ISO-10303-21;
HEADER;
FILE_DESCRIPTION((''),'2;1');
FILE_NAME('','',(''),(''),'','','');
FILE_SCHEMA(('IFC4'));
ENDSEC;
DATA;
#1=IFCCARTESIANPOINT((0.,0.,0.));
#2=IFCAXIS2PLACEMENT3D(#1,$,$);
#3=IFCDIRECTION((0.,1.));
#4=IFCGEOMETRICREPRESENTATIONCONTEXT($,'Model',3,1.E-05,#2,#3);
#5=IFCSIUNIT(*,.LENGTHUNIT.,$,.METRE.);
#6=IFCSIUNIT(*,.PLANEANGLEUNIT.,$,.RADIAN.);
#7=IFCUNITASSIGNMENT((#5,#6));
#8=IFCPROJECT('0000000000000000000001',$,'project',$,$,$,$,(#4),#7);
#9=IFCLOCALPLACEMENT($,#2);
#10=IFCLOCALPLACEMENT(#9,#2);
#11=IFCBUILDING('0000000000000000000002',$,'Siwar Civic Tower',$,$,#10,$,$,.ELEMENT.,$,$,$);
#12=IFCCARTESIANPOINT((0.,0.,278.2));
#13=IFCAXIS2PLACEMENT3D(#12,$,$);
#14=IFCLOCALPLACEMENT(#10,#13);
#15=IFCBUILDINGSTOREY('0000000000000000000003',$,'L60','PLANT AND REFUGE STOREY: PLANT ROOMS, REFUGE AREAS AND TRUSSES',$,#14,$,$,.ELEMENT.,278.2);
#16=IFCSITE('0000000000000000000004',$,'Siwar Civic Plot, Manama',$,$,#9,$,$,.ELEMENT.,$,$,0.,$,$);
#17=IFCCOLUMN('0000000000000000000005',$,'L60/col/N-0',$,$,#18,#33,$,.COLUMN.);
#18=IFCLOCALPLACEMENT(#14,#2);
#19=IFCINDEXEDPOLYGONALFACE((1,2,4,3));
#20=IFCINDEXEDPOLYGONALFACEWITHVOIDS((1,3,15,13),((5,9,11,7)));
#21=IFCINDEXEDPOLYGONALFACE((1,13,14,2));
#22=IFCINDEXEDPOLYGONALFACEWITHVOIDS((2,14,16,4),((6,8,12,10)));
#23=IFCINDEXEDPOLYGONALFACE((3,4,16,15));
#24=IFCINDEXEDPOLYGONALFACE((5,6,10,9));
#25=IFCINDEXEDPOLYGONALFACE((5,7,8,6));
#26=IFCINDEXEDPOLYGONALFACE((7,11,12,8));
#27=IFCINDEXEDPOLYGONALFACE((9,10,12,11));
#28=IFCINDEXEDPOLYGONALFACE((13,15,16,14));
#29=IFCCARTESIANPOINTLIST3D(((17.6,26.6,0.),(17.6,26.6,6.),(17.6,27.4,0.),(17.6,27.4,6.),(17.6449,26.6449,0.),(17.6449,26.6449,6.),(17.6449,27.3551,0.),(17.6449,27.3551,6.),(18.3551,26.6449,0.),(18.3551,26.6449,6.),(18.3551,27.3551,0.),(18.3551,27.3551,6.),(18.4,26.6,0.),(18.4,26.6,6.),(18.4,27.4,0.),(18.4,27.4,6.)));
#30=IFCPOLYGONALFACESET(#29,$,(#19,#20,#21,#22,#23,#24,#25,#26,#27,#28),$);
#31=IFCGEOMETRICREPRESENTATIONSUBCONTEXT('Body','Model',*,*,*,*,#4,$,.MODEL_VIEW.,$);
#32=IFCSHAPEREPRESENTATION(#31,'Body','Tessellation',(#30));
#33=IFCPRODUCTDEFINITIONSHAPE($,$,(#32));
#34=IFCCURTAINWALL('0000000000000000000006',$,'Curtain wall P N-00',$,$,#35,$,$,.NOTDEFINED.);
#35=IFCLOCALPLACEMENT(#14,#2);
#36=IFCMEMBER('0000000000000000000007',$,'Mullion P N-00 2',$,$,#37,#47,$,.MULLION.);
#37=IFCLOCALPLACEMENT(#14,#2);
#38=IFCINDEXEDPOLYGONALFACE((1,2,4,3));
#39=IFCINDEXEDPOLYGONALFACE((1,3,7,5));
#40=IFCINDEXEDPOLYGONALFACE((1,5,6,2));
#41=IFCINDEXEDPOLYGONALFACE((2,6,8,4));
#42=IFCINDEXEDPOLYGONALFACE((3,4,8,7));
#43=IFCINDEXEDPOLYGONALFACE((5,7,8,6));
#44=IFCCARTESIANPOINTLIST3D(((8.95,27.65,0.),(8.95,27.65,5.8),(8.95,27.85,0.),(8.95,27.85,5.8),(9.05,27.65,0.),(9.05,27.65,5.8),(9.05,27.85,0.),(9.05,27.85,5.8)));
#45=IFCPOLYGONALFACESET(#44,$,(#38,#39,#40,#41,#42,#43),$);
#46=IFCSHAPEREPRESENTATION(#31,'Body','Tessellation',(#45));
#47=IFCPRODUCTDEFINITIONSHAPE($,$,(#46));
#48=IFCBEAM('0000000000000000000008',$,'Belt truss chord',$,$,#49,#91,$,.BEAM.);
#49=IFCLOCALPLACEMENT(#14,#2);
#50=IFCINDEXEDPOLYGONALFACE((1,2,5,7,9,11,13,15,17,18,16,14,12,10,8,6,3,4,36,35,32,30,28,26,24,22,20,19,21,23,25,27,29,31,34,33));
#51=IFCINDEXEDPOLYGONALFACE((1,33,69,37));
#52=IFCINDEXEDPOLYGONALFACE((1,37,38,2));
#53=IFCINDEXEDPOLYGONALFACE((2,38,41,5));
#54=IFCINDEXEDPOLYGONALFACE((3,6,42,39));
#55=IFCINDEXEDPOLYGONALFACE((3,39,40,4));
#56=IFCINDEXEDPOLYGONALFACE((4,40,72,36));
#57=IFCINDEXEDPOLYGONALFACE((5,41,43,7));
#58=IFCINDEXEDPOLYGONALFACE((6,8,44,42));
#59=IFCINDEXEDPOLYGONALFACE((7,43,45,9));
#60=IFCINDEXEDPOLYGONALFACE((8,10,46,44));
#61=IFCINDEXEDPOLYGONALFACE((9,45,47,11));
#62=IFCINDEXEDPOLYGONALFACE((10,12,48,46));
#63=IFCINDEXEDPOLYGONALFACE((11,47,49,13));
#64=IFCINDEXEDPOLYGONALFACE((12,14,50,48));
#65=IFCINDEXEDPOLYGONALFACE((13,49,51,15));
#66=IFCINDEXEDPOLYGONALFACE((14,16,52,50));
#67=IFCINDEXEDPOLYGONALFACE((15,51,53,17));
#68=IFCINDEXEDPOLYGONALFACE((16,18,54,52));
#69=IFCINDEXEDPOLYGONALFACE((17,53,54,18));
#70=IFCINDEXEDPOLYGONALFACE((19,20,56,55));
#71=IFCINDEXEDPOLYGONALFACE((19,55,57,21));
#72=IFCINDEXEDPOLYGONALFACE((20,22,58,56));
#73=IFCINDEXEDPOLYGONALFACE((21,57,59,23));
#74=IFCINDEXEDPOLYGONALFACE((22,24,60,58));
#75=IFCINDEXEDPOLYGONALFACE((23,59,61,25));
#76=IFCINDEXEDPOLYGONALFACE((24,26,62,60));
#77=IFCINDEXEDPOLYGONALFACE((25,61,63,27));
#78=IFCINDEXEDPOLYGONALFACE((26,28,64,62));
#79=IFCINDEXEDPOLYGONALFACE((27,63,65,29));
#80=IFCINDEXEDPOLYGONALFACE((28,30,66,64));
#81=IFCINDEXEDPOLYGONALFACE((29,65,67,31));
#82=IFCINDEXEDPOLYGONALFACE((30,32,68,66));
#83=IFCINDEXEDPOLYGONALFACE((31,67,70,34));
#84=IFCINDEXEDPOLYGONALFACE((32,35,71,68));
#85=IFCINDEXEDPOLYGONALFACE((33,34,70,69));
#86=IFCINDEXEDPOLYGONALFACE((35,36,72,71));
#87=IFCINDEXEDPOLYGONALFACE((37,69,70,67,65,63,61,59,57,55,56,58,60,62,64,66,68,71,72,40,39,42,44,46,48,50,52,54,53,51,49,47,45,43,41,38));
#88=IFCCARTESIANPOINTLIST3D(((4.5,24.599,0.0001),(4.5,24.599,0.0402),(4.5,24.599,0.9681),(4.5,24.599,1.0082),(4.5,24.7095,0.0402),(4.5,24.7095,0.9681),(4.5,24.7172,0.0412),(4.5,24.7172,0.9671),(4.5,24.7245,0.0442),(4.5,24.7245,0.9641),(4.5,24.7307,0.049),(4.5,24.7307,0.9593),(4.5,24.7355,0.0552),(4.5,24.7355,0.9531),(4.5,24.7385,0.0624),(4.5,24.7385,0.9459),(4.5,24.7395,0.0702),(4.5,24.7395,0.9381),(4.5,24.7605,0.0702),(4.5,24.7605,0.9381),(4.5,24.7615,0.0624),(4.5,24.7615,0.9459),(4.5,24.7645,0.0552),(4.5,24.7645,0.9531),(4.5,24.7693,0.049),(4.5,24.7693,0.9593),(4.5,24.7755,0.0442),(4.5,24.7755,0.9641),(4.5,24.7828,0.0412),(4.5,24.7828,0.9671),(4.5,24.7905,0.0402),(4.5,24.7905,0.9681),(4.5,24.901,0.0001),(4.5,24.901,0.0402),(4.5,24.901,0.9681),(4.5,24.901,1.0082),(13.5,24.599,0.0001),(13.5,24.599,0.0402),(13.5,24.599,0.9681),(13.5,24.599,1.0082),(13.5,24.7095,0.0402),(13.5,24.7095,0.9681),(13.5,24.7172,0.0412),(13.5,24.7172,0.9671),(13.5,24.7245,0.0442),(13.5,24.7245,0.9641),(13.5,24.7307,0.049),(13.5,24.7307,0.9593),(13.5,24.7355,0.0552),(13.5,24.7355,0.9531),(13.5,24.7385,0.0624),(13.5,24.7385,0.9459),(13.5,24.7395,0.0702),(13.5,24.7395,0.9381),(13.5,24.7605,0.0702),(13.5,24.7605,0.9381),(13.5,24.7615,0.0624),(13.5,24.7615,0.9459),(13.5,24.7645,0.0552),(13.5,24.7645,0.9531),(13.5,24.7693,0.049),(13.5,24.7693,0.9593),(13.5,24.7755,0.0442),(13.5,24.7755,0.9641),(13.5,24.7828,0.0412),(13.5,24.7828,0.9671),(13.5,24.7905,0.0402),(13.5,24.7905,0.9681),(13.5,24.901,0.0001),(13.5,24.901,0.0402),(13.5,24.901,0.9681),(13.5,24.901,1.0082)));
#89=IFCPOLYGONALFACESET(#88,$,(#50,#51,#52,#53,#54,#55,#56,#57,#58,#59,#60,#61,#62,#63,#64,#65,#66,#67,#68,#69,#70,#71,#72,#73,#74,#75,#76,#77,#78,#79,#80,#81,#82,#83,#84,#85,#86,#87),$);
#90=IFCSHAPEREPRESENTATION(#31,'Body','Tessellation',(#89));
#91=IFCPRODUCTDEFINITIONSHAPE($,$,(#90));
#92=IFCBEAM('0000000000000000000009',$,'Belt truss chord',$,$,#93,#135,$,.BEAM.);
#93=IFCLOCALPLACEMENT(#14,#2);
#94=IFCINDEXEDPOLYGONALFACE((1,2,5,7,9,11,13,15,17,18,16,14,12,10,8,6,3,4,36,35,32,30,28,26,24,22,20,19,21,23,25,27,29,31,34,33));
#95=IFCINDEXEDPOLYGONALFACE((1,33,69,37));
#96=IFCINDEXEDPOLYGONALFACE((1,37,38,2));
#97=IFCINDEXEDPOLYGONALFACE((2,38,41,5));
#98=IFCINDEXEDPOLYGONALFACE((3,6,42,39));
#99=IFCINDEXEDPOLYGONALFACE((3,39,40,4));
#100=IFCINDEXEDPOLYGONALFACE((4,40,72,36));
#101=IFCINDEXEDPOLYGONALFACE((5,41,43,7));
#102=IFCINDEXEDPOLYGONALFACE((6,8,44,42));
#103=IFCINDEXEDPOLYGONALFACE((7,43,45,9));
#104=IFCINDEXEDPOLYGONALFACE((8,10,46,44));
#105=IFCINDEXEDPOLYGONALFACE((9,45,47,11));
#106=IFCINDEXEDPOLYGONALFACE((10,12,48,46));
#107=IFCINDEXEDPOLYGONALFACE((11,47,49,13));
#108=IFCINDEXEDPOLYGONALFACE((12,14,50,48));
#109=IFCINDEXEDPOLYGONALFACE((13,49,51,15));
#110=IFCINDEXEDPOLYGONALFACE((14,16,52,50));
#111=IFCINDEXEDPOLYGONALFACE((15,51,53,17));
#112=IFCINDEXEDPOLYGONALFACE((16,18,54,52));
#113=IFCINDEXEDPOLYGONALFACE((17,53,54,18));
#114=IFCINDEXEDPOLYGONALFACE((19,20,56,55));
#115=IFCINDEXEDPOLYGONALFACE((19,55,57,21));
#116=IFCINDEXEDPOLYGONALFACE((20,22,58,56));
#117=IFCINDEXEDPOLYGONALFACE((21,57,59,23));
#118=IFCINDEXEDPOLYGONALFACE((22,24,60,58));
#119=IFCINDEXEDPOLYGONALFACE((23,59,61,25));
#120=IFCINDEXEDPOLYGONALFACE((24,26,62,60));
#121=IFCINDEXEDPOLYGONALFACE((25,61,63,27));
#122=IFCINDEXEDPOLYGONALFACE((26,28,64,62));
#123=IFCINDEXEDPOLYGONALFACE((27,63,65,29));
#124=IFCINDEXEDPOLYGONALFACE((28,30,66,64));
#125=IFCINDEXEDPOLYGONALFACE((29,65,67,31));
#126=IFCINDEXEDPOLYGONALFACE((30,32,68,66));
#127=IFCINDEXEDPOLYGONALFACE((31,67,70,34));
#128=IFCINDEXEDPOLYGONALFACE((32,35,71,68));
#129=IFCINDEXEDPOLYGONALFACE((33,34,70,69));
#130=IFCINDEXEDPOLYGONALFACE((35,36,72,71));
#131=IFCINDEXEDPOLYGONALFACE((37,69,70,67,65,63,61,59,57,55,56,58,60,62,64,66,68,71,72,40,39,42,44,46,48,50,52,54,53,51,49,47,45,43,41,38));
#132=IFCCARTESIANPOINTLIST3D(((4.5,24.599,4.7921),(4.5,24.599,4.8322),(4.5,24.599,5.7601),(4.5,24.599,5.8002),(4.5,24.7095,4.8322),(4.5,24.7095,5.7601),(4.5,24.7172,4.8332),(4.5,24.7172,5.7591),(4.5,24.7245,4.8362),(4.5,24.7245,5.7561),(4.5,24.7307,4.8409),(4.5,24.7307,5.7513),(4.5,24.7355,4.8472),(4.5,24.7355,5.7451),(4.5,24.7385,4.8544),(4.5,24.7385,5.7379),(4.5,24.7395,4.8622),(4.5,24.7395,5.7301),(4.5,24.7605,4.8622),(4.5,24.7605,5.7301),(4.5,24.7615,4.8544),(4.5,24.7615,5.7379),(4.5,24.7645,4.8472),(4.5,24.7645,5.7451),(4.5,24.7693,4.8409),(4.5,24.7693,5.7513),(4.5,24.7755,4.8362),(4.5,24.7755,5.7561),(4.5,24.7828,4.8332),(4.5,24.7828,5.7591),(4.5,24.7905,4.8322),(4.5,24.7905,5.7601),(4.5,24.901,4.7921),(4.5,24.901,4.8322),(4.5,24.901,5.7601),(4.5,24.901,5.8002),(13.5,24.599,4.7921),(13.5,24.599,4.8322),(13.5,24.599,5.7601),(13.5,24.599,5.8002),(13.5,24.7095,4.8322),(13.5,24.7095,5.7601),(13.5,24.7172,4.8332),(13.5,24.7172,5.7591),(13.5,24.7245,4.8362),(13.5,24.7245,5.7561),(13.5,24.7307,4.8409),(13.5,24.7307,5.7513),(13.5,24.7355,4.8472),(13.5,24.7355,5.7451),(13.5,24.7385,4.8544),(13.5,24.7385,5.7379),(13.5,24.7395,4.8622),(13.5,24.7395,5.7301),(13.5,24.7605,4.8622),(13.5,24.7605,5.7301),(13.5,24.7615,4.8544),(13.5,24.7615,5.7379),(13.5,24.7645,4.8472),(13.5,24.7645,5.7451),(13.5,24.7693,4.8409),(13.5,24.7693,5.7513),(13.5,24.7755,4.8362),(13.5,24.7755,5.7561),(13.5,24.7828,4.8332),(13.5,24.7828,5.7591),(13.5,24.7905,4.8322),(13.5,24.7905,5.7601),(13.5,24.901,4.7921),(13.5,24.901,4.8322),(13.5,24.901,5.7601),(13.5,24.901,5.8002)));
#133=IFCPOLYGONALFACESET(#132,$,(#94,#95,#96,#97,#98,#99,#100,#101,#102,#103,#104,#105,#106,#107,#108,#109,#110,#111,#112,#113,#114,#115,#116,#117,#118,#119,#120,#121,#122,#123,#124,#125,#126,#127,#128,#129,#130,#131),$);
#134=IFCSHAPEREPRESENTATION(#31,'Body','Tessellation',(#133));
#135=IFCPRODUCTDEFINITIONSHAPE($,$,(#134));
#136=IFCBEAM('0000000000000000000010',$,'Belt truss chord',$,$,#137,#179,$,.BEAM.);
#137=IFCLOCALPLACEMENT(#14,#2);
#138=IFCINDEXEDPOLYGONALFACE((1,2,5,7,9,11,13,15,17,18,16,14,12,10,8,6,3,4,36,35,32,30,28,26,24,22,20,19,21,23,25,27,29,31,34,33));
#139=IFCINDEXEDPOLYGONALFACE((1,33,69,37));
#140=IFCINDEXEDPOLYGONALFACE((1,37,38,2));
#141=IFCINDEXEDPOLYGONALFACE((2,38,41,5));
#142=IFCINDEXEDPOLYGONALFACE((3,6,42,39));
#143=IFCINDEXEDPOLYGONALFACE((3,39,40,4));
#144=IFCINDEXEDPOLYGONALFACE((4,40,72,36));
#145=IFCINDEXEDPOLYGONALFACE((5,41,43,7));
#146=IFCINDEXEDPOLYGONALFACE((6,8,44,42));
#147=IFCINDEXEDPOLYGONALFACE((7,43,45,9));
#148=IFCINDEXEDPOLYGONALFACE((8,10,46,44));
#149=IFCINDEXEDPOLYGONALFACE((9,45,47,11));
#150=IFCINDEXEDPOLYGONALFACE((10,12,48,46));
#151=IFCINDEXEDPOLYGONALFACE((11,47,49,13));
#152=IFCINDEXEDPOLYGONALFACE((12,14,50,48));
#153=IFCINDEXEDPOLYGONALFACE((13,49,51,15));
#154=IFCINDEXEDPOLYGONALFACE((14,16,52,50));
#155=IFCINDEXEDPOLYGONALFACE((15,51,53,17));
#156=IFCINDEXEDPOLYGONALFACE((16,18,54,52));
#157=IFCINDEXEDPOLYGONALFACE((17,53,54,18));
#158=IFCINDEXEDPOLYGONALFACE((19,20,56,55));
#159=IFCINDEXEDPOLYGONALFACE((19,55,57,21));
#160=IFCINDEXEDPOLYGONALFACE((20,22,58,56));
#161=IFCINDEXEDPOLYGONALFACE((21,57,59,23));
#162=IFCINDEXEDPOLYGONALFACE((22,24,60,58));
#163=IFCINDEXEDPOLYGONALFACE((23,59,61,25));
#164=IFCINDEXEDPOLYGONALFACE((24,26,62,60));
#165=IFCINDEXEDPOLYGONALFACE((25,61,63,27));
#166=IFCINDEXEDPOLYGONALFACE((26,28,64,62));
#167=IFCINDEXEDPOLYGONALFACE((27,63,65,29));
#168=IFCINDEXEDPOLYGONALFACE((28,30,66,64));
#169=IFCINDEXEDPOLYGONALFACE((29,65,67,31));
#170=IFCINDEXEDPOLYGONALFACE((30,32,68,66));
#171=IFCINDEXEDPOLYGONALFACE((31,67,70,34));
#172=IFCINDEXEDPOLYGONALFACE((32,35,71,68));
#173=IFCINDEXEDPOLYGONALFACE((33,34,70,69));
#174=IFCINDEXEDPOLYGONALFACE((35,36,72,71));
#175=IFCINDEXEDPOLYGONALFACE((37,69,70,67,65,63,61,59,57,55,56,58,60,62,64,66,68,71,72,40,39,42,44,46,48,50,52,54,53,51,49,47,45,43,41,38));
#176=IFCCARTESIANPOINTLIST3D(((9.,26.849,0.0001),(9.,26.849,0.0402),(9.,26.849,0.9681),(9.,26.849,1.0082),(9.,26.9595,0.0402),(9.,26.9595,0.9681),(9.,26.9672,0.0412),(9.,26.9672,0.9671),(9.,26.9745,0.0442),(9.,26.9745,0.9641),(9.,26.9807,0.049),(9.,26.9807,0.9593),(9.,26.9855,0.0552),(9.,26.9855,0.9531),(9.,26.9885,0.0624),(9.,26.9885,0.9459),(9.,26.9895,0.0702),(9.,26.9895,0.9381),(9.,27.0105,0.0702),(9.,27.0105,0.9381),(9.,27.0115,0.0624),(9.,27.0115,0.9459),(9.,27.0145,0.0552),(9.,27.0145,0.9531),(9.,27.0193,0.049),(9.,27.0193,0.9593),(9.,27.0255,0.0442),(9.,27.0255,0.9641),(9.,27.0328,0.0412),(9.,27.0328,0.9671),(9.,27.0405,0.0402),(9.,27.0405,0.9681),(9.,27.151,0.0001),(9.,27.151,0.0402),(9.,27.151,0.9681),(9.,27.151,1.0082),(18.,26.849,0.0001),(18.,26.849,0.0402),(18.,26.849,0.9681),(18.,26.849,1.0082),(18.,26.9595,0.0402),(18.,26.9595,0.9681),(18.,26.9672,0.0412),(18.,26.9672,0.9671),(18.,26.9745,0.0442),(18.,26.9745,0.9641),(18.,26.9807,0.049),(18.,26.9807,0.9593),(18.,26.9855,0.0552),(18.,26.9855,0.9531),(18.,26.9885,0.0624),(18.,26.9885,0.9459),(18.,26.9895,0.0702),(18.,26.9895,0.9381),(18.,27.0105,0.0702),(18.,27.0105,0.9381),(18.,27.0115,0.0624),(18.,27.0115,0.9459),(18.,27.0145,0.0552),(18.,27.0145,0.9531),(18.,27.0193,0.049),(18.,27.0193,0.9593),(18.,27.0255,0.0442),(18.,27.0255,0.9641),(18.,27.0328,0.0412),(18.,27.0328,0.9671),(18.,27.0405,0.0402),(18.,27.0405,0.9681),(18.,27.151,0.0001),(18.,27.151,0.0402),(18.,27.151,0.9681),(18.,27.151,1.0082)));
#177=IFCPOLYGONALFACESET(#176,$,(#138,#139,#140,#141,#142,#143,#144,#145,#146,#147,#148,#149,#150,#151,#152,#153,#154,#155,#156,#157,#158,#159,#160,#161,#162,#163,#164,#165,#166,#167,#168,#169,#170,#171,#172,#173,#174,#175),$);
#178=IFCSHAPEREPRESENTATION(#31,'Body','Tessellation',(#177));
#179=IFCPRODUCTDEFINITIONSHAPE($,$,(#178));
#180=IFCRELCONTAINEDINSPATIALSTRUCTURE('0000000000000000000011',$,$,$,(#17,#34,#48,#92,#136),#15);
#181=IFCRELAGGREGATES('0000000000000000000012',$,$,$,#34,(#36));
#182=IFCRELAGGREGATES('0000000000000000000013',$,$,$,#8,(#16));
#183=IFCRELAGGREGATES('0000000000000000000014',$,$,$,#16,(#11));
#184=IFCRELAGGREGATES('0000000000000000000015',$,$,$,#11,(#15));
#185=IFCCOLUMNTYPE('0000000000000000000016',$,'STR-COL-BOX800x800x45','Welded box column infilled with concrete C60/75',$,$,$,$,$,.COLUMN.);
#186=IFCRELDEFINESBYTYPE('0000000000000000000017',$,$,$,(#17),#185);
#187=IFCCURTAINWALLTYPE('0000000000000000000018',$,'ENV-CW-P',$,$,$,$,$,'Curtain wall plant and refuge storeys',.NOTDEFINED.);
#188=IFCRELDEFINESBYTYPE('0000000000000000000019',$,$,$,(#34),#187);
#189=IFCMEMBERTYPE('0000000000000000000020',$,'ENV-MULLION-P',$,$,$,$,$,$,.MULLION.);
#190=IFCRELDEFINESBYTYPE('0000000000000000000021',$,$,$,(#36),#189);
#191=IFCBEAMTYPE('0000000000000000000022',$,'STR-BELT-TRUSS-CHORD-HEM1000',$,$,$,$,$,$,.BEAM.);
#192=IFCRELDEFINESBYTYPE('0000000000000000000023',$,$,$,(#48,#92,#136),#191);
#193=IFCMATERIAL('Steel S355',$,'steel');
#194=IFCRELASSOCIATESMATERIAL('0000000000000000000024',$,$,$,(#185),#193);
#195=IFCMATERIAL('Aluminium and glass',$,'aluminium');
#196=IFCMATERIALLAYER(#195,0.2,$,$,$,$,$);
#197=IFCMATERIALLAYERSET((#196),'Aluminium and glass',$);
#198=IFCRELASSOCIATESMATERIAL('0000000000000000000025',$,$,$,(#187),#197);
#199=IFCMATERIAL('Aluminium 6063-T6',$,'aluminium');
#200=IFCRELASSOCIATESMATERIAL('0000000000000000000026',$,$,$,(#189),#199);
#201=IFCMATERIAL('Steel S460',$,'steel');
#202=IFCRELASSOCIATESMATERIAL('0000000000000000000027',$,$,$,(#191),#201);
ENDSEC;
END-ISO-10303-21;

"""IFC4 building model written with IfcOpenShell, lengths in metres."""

from ifc_helpers import new_model, si_unit, direction, frame, origin, origin_2d, place, context, subcontext, project, spatial, rectangle, hollow_rectangle, i_section, extrude, material, layer, layer_set, material_profile, profile_set, type_object, element, aggregate, save


model = new_model("IFC4")

# Units and contexts
model_context = context("Model", 3, precision=1e-05, world=origin(), true_north=direction((0.0, 1.0)))
body_context = subcontext(model_context, "Body", "Model", "MODEL_VIEW")
ifc_project = project(units=[si_unit("LENGTHUNIT", "METRE"), si_unit("PLANEANGLEUNIT", "RADIAN")], contexts=[model_context])

# Site, building, storey
site_placement = place(None, origin())
site = spatial("IfcSite", under=ifc_project, at=site_placement, Name="Siwar Civic Plot, Manama", CompositionType="ELEMENT", RefElevation=0.0)
building_placement = place(site_placement, origin())
building = spatial("IfcBuilding", under=site, at=building_placement, Name="Siwar Civic Tower", CompositionType="ELEMENT")
storey_placement = place(building_placement, frame((0.0, 0.0, 278.2)))
storey = spatial("IfcBuildingStorey", under=building, at=storey_placement, Name="L60", Description="PLANT AND REFUGE STOREY: PLANT ROOMS, REFUGE AREAS AND TRUSSES", CompositionType="ELEMENT", Elevation=278.2)

# Column
ifc_material_1 = material(Name="Steel S355", Category="steel")
ifc_material_profile_1 = material_profile(ifc_material_1, hollow_rectangle(XDim=0.8, YDim=0.8, WallThickness=0.0449, at=origin_2d()), Name="BOX800x800x45")
ifc_profile_set_1 = profile_set([ifc_material_profile_1], Name="Steel S355")
column_type = type_object("IfcColumnType", Name="STR-COL-BOX800x800x45", Description="Welded box column infilled with concrete C60/75", PredefinedType="COLUMN", material=ifc_profile_set_1)
column_placement = place(storey_placement, frame((18.0, 27.0, 0.0), z_axis=(0.0, 0.0, 1.0), x_axis=(1.0, 0.0, 0.0)))
element("IfcColumn", 1, at=column_placement, inside=storey, type_object=column_type, Name="L60/col/N-0", PredefinedType="COLUMN", context=body_context, shape_type="SweptSolid", body=[
    extrude(hollow_rectangle(XDim=0.8, YDim=0.8, WallThickness=0.0449, at=origin_2d()), origin(), (0.0, 0.0, 1.0), 6.0),
])

# Curtain wall, member
ifc_material_2 = material(Name="Aluminium and glass", Category="aluminium")
ifc_layer_1 = layer(ifc_material_2, 0.2)
ifc_layer_set_1 = layer_set([ifc_layer_1], Name="Aluminium and glass")
curtain_wall_type = type_object("IfcCurtainWallType", Name="ENV-CW-P", ElementType="Curtain wall plant and refuge storeys", PredefinedType="NOTDEFINED", material=ifc_layer_set_1)
curtain_wall_placement = place(storey_placement, origin())
curtain_wall = element("IfcCurtainWall", 2, at=curtain_wall_placement, inside=storey, type_object=curtain_wall_type, Name="Curtain wall P N-00", PredefinedType="NOTDEFINED")
ifc_material_3 = material(Name="Aluminium 6063-T6", Category="aluminium")
ifc_material_profile_2 = material_profile(ifc_material_3, rectangle(XDim=0.2, YDim=0.1001, at=origin_2d()), Name="AL 200x100")
ifc_profile_set_2 = profile_set([ifc_material_profile_2], Name="Aluminium 6063-T6")
member_type_1 = type_object("IfcMemberType", Name="ENV-MULLION-P", PredefinedType="MULLION", material=ifc_profile_set_2)
member_1_placement = place(storey_placement, frame((9.0, 27.75, 0.0), z_axis=(0.0, 0.0, 1.0), x_axis=(0.0, -1.0, 0.0)))
member_1 = element("IfcMember", 3, at=member_1_placement, type_object=member_type_1, Name="Mullion P N-00 2", PredefinedType="MULLION", context=body_context, shape_type="SweptSolid", body=[
    extrude(rectangle(XDim=0.2, YDim=0.1001, at=origin_2d()), origin(), (0.0, 0.0, 1.0), 5.8),
])

# Beams
ifc_material_4 = material(Name="Steel S460", Category="steel")
ifc_material_profile_3 = material_profile(ifc_material_4, i_section(OverallWidth=0.302, OverallDepth=1.0081, WebThickness=0.021, FlangeThickness=0.04, FilletRadius=0.03, at=origin_2d()), Name="HEM1000")
ifc_profile_set_3 = profile_set([ifc_material_profile_3], Name="Steel S460")
beam_type_1 = type_object("IfcBeamType", Name="STR-BELT-TRUSS-CHORD-HEM1000", PredefinedType="BEAM", material=ifc_profile_set_3)
for number, where, z_axis, x_axis, name in (
    (4, (13.5, 24.75, 0.5042), (-1.0, 0.0, 0.0), (0.0, -1.0, 0.0), "Belt truss chord"),
    (5, (13.5, 24.75, 5.2961), (-1.0, 0.0, 0.0), (0.0, -1.0, 0.0), "Belt truss chord"),
    (6, (18.0, 27.0, 0.5042), (-1.0, 0.0, 0.0), (0.0, -1.0, 0.0), "Belt truss chord"),
):
    element("IfcBeam", number, at=place(storey_placement, frame(where, z_axis=z_axis, x_axis=x_axis)), inside=storey, type_object=beam_type_1, Name=name, PredefinedType="BEAM", context=body_context, shape_type="SweptSolid", body=[
        extrude(i_section(OverallWidth=0.302, OverallDepth=1.0081, WebThickness=0.021, FlangeThickness=0.04, FilletRadius=0.03, at=origin_2d()), origin(), (0.0, 0.0, 1.0), 9.0),
    ])

aggregate(curtain_wall, [member_1])

save(model, "model.ifc")
